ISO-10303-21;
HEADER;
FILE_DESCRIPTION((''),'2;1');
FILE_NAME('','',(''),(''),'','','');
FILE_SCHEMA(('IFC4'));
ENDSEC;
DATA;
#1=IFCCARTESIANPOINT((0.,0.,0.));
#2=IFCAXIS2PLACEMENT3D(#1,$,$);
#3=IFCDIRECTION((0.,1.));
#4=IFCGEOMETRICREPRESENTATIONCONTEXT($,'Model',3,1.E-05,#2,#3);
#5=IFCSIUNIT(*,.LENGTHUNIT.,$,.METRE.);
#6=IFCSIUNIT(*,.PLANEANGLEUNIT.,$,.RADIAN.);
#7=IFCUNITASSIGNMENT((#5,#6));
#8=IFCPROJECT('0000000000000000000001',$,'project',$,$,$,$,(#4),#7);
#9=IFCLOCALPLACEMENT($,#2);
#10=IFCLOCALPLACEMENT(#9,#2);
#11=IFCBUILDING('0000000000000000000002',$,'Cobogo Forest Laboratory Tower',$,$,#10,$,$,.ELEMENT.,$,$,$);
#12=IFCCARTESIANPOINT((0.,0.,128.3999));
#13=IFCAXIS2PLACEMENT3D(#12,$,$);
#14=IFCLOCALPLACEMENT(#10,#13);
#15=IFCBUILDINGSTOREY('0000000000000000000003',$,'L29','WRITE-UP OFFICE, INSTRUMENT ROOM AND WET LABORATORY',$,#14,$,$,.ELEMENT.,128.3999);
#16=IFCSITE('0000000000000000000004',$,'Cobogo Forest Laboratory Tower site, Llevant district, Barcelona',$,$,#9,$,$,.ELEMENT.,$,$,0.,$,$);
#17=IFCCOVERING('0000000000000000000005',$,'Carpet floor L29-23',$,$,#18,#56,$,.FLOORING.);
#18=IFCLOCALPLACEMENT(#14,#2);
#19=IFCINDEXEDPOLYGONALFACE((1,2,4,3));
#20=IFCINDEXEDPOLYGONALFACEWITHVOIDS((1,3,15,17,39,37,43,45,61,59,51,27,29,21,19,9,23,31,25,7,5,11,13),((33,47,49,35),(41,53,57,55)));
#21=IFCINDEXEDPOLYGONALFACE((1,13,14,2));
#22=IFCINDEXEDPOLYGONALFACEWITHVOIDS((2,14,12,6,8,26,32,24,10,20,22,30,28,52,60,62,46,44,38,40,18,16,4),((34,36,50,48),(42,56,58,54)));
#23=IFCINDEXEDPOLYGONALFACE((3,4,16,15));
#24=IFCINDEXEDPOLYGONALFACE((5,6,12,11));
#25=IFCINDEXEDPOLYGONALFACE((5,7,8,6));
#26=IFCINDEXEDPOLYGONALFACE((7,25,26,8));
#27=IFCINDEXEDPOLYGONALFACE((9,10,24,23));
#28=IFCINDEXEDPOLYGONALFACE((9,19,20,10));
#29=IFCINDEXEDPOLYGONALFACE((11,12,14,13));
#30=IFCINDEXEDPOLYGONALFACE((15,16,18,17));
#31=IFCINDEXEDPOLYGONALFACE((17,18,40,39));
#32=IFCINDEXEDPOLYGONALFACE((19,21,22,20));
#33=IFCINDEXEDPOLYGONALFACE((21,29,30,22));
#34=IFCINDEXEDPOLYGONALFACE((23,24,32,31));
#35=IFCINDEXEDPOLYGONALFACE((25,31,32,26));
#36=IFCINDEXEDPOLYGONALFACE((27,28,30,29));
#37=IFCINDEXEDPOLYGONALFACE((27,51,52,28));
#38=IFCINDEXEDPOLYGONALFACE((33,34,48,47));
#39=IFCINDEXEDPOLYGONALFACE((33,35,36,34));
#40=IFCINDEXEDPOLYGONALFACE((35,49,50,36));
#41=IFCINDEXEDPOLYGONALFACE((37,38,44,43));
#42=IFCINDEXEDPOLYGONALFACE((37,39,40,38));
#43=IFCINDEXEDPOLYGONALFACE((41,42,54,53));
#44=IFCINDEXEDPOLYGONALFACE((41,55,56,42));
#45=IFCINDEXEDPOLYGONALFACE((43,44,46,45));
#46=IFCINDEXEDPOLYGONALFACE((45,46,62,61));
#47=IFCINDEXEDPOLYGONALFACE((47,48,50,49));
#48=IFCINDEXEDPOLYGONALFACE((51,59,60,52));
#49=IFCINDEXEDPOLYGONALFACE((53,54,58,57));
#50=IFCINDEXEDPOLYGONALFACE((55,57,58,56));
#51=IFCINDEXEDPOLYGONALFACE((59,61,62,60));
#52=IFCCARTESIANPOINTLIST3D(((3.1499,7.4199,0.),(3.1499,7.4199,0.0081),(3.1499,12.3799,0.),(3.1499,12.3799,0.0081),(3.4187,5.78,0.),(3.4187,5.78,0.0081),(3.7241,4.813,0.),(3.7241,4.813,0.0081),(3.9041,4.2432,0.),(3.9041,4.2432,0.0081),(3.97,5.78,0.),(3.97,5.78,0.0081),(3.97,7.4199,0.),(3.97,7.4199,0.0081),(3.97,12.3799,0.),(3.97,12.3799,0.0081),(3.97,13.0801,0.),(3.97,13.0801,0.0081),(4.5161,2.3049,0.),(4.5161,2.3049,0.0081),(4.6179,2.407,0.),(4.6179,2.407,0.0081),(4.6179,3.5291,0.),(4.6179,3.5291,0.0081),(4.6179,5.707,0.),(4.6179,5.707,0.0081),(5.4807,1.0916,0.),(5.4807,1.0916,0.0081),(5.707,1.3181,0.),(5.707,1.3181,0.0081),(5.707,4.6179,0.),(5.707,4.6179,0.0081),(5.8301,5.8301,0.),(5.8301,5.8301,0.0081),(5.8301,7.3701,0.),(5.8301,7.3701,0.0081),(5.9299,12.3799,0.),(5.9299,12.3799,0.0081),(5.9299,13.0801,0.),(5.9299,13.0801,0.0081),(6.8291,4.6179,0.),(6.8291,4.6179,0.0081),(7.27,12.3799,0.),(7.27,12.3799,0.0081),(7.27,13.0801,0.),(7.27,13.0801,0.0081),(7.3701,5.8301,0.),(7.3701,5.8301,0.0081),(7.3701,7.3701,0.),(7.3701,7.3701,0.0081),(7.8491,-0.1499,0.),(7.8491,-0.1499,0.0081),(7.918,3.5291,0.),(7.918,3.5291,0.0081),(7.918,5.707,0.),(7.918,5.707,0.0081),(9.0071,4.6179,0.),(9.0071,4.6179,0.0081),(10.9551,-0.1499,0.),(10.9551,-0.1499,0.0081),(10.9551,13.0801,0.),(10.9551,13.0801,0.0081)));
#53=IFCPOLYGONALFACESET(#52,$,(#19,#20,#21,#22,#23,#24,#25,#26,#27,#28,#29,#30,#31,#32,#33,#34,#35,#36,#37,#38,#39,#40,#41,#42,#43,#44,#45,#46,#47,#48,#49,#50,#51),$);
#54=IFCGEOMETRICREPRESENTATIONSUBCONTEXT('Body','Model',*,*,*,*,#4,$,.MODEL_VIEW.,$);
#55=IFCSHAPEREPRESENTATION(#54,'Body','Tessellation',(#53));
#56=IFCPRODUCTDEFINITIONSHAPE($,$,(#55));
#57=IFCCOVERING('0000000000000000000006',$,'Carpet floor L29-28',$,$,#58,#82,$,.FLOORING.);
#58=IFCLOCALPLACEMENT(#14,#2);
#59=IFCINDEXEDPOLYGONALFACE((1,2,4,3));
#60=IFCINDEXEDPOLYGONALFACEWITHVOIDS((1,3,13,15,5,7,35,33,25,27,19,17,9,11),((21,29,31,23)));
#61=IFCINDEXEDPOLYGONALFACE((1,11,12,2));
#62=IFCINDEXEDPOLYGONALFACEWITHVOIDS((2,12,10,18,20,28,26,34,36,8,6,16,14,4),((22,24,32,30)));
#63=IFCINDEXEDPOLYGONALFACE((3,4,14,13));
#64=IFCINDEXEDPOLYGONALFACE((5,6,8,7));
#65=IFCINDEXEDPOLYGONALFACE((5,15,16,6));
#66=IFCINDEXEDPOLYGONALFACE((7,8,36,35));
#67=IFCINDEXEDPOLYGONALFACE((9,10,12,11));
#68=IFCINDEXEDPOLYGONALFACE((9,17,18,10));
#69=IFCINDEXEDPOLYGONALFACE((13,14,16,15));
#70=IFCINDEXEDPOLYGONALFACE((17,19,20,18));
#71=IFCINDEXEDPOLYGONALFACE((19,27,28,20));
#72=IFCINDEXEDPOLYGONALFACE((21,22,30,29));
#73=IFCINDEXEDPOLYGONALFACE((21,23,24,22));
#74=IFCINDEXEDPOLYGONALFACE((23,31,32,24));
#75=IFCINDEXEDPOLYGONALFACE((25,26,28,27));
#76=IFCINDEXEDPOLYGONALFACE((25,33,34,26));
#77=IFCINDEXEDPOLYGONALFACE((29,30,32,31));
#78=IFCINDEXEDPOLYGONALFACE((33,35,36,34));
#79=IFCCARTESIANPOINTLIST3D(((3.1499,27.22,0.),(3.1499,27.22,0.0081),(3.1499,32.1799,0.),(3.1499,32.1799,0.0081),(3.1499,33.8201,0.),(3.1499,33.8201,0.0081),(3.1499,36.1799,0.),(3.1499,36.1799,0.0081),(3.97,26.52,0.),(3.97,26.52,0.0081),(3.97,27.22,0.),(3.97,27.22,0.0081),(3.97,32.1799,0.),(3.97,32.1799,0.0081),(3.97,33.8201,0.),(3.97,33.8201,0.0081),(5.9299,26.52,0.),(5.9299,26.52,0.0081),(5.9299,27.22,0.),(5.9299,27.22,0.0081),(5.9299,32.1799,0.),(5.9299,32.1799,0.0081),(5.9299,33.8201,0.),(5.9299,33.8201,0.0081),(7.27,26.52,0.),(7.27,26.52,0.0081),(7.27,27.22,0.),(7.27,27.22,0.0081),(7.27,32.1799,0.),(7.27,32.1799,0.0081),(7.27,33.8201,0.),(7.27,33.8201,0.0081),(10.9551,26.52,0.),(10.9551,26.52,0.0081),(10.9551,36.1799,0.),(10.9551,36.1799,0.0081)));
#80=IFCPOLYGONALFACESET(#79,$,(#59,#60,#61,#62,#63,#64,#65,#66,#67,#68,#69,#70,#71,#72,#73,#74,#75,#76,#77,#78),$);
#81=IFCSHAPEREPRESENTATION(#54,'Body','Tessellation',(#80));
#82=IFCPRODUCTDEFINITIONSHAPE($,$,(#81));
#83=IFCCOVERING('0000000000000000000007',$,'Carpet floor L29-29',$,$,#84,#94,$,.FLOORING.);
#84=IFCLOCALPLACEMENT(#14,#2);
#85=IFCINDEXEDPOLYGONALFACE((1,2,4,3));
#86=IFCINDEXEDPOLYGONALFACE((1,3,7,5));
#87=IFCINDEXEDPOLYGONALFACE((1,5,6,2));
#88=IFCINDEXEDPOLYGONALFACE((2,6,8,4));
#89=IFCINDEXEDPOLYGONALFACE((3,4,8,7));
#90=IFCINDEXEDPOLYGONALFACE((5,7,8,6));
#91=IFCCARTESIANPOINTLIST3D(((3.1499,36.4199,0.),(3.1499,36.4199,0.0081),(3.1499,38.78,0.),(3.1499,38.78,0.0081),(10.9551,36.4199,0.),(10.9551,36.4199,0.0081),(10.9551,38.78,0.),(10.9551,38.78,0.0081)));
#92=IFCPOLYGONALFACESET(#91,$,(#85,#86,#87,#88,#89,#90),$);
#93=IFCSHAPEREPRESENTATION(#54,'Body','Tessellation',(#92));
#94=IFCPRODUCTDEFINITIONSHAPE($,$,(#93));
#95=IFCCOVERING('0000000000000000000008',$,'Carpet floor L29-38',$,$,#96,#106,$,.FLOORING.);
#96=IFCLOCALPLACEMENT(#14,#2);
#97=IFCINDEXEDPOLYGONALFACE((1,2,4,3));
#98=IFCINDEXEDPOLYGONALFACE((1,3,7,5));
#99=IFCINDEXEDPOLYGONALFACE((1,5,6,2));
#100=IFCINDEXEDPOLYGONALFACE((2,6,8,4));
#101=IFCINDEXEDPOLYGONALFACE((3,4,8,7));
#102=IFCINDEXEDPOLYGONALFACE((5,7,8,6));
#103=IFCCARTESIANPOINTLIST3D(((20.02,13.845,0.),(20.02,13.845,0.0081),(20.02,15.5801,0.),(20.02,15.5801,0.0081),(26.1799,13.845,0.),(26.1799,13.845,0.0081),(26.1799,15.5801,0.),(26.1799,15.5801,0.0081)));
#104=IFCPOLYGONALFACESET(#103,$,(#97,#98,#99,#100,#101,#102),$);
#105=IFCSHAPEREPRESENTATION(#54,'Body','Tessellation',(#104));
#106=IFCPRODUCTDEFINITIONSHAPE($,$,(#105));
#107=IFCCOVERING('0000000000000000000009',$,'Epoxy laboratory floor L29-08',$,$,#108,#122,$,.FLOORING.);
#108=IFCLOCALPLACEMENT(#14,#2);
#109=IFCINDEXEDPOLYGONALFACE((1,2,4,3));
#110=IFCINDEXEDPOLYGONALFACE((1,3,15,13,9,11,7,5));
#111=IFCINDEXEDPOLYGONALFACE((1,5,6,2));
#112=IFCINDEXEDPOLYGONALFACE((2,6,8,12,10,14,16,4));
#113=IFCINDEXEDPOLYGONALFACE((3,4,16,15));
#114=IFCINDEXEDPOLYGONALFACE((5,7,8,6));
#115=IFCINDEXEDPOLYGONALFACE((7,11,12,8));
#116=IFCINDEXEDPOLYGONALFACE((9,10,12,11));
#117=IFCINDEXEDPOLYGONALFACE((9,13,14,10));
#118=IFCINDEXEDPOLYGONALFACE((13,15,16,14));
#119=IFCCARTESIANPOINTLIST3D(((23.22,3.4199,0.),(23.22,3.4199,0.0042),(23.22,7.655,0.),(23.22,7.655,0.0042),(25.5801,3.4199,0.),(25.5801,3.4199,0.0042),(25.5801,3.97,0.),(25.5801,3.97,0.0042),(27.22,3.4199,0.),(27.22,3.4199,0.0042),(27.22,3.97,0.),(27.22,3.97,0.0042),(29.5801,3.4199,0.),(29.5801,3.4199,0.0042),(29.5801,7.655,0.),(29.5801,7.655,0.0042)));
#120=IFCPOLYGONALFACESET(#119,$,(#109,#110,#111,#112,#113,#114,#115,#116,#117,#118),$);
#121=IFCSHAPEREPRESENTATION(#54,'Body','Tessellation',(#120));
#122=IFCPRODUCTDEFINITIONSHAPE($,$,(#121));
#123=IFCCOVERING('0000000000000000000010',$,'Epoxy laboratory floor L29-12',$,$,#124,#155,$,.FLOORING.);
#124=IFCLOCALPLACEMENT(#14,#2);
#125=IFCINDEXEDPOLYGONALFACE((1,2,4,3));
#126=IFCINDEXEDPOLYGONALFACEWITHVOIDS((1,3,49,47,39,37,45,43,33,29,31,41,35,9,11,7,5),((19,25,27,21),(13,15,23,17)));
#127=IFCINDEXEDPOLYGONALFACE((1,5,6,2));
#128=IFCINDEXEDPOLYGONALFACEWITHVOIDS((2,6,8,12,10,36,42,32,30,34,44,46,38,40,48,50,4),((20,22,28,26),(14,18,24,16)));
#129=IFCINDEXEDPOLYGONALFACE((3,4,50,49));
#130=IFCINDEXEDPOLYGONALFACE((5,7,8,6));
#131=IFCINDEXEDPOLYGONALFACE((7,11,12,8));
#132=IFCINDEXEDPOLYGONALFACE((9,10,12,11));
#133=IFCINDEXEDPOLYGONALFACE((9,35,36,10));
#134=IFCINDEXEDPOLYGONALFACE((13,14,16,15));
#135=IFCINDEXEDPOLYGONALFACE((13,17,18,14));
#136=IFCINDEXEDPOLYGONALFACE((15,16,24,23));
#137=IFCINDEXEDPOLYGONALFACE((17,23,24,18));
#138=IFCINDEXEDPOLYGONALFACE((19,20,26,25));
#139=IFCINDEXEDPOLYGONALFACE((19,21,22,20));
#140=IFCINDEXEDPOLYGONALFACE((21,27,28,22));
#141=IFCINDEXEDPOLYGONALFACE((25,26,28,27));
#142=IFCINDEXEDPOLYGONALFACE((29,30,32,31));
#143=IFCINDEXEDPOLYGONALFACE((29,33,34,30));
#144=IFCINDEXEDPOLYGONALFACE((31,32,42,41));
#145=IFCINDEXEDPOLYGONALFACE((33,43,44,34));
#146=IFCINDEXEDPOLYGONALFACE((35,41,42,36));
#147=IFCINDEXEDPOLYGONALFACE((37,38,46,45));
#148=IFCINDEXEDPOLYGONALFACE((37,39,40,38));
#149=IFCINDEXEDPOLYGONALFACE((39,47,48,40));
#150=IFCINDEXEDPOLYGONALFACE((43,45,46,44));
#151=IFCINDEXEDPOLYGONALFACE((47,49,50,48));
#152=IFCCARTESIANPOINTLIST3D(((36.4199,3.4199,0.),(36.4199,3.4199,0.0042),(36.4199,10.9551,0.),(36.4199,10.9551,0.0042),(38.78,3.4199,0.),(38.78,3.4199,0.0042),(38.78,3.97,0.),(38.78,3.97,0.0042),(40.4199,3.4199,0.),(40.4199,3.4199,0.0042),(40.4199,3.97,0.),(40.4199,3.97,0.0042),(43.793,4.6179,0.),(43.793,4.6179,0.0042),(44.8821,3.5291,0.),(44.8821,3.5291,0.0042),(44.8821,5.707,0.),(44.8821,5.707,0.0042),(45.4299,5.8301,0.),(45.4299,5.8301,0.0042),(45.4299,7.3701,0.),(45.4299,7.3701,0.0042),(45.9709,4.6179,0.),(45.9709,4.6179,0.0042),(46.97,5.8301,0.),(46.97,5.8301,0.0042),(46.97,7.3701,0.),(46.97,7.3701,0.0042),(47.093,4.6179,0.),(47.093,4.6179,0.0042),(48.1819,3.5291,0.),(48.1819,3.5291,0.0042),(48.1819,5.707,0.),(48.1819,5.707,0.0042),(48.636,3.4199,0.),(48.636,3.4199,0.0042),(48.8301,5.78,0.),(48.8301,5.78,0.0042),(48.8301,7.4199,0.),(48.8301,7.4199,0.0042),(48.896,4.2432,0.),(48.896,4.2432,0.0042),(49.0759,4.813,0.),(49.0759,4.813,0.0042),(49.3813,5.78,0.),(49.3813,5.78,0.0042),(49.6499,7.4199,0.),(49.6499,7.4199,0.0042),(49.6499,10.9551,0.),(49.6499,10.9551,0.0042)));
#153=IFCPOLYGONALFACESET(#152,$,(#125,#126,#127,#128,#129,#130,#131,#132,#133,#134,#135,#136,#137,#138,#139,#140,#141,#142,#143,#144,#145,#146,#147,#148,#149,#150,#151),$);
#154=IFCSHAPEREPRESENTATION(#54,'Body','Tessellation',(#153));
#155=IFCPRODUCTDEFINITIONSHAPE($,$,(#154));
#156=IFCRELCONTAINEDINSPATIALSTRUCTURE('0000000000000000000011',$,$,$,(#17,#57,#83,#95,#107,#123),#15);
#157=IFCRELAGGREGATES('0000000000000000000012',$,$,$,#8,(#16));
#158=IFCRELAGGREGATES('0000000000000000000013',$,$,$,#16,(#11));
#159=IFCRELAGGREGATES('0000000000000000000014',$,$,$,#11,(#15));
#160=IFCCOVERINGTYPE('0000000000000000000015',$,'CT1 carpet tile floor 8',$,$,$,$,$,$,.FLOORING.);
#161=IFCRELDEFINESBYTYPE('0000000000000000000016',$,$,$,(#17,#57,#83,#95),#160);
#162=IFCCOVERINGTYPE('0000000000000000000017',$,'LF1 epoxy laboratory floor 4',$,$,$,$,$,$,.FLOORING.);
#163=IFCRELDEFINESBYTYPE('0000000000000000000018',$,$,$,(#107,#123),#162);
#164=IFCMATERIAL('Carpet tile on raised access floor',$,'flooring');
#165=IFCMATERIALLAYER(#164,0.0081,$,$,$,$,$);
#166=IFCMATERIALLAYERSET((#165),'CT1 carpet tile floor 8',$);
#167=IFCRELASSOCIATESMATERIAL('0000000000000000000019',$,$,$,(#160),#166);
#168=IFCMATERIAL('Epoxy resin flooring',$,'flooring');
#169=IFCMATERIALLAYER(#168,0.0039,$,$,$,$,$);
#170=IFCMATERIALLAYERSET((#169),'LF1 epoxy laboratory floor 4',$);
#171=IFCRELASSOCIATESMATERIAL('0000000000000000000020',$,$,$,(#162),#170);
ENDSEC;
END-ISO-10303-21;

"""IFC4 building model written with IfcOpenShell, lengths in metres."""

from ifc_helpers import new_model, si_unit, direction, frame, origin, place, context, subcontext, project, spatial, polyline, outline, extrude, material, layer, layer_set, type_object, element, save


model = new_model("IFC4")

# Units and contexts
model_context = context("Model", 3, precision=1e-05, world=origin(), true_north=direction((0.0, 1.0)))
body_context = subcontext(model_context, "Body", "Model", "MODEL_VIEW")
ifc_project = project(units=[si_unit("LENGTHUNIT", "METRE"), si_unit("PLANEANGLEUNIT", "RADIAN")], contexts=[model_context])

# Site, building, storey
site_placement = place(None, origin())
site = spatial("IfcSite", under=ifc_project, at=site_placement, Name="Cobogo Forest Laboratory Tower site, Llevant district, Barcelona", CompositionType="ELEMENT", RefElevation=0.0)
building_placement = place(site_placement, origin())
building = spatial("IfcBuilding", under=site, at=building_placement, Name="Cobogo Forest Laboratory Tower", CompositionType="ELEMENT")
storey_placement = place(building_placement, frame((0.0, 0.0, 128.3999)))
storey = spatial("IfcBuildingStorey", under=building, at=storey_placement, Name="L29", Description="WRITE-UP OFFICE, INSTRUMENT ROOM AND WET LABORATORY", CompositionType="ELEMENT", Elevation=128.3999)

# Coverings
ifc_material_1 = material(Name="Carpet tile on raised access floor", Category="flooring")
ifc_layer_1 = layer(ifc_material_1, 0.0081)
ifc_layer_set_1 = layer_set([ifc_layer_1], Name="CT1 carpet tile floor 8")
covering_type_1 = type_object("IfcCoveringType", Name="CT1 carpet tile floor 8", PredefinedType="FLOORING", material=ifc_layer_set_1)
covering_1_placement = place(storey_placement, origin())
element("IfcCovering", 1, at=covering_1_placement, inside=storey, type_object=covering_type_1, Name="Carpet floor L29-23", PredefinedType="FLOORING", context=body_context, shape_type="SweptSolid", body=[
    extrude(outline(polyline([(3.9041, 4.2432), (4.6179, 3.5291), (5.707, 4.6179), (4.6179, 5.707), (3.7241, 4.813), (3.4187, 5.78), (3.97, 5.78), (3.97, 7.4199), (3.1499, 7.4199), (3.1499, 12.3799), (3.97, 12.3799), (3.97, 13.0801), (5.9299, 13.0801), (5.9299, 12.3799), (7.27, 12.3799), (7.27, 13.0801), (10.9551, 13.0801), (10.9551, -0.1499), (7.8491, -0.1499), (5.4807, 1.0916), (5.707, 1.3181), (4.6179, 2.407), (4.5161, 2.3049), (3.9041, 4.2432)]), holes=[polyline([(6.8291, 4.6179), (7.918, 3.5291), (9.0071, 4.6179), (7.918, 5.707), (6.8291, 4.6179)]), polyline([(5.8301, 7.3701), (5.8301, 5.8301), (7.3701, 5.8301), (7.3701, 7.3701), (5.8301, 7.3701)])]), origin(), (0.0, 0.0, 1.0), 0.0081),
])
covering_2_placement = place(storey_placement, origin())
element("IfcCovering", 2, at=covering_2_placement, inside=storey, type_object=covering_type_1, Name="Carpet floor L29-28", PredefinedType="FLOORING", context=body_context, shape_type="SweptSolid", body=[
    extrude(outline(polyline([(10.9551, 26.52), (7.27, 26.52), (7.27, 27.22), (5.9299, 27.22), (5.9299, 26.52), (3.97, 26.52), (3.97, 27.22), (3.1499, 27.22), (3.1499, 32.1799), (3.97, 32.1799), (3.97, 33.8201), (3.1499, 33.8201), (3.1499, 36.1799), (10.9551, 36.1799), (10.9551, 26.52)]), holes=[polyline([(5.9299, 32.1799), (7.27, 32.1799), (7.27, 33.8201), (5.9299, 33.8201), (5.9299, 32.1799)])]), origin(), (0.0, 0.0, 1.0), 0.0081),
])
covering_3_placement = place(storey_placement, origin())
element("IfcCovering", 3, at=covering_3_placement, inside=storey, type_object=covering_type_1, Name="Carpet floor L29-29", PredefinedType="FLOORING", context=body_context, shape_type="SweptSolid", body=[
    extrude(outline(polyline([(10.9551, 36.4199), (3.1499, 36.4199), (3.1499, 38.78), (10.9551, 38.78), (10.9551, 36.4199)])), origin(), (0.0, 0.0, 1.0), 0.0081),
])
covering_4_placement = place(storey_placement, origin())
element("IfcCovering", 4, at=covering_4_placement, inside=storey, type_object=covering_type_1, Name="Carpet floor L29-38", PredefinedType="FLOORING", context=body_context, shape_type="SweptSolid", body=[
    extrude(outline(polyline([(26.1799, 13.845), (20.02, 13.845), (20.02, 15.5801), (26.1799, 15.5801), (26.1799, 13.845)])), origin(), (0.0, 0.0, 1.0), 0.0081),
])
ifc_material_2 = material(Name="Epoxy resin flooring", Category="flooring")
ifc_layer_2 = layer(ifc_material_2, 0.0039)
ifc_layer_set_2 = layer_set([ifc_layer_2], Name="LF1 epoxy laboratory floor 4")
covering_type_2 = type_object("IfcCoveringType", Name="LF1 epoxy laboratory floor 4", PredefinedType="FLOORING", material=ifc_layer_set_2)
covering_5_placement = place(storey_placement, origin())
element("IfcCovering", 5, at=covering_5_placement, inside=storey, type_object=covering_type_2, Name="Epoxy laboratory floor L29-08", PredefinedType="FLOORING", context=body_context, shape_type="SweptSolid", body=[
    extrude(outline(polyline([(23.22, 7.655), (29.5801, 7.655), (29.5801, 3.4199), (27.22, 3.4199), (27.22, 3.97), (25.5801, 3.97), (25.5801, 3.4199), (23.22, 3.4199), (23.22, 7.655)])), origin(), (0.0, 0.0, 1.0), 0.0042),
])
covering_6_placement = place(storey_placement, origin())
element("IfcCovering", 6, at=covering_6_placement, inside=storey, type_object=covering_type_2, Name="Epoxy laboratory floor L29-12", PredefinedType="FLOORING", context=body_context, shape_type="SweptSolid", body=[
    extrude(outline(polyline([(36.4199, 10.9551), (49.6499, 10.9551), (49.6499, 7.4199), (48.8301, 7.4199), (48.8301, 5.78), (49.3813, 5.78), (49.0759, 4.813), (48.1819, 5.707), (47.093, 4.6179), (48.1819, 3.5291), (48.896, 4.2432), (48.636, 3.4199), (40.4199, 3.4199), (40.4199, 3.97), (38.78, 3.97), (38.78, 3.4199), (36.4199, 3.4199), (36.4199, 10.9551)]), holes=[polyline([(45.4299, 5.8301), (46.97, 5.8301), (46.97, 7.3701), (45.4299, 7.3701), (45.4299, 5.8301)]), polyline([(43.793, 4.6179), (44.8821, 3.5291), (45.9709, 4.6179), (44.8821, 5.707), (43.793, 4.6179)])]), origin(), (0.0, 0.0, 1.0), 0.0042),
])

save(model, "model.ifc")
